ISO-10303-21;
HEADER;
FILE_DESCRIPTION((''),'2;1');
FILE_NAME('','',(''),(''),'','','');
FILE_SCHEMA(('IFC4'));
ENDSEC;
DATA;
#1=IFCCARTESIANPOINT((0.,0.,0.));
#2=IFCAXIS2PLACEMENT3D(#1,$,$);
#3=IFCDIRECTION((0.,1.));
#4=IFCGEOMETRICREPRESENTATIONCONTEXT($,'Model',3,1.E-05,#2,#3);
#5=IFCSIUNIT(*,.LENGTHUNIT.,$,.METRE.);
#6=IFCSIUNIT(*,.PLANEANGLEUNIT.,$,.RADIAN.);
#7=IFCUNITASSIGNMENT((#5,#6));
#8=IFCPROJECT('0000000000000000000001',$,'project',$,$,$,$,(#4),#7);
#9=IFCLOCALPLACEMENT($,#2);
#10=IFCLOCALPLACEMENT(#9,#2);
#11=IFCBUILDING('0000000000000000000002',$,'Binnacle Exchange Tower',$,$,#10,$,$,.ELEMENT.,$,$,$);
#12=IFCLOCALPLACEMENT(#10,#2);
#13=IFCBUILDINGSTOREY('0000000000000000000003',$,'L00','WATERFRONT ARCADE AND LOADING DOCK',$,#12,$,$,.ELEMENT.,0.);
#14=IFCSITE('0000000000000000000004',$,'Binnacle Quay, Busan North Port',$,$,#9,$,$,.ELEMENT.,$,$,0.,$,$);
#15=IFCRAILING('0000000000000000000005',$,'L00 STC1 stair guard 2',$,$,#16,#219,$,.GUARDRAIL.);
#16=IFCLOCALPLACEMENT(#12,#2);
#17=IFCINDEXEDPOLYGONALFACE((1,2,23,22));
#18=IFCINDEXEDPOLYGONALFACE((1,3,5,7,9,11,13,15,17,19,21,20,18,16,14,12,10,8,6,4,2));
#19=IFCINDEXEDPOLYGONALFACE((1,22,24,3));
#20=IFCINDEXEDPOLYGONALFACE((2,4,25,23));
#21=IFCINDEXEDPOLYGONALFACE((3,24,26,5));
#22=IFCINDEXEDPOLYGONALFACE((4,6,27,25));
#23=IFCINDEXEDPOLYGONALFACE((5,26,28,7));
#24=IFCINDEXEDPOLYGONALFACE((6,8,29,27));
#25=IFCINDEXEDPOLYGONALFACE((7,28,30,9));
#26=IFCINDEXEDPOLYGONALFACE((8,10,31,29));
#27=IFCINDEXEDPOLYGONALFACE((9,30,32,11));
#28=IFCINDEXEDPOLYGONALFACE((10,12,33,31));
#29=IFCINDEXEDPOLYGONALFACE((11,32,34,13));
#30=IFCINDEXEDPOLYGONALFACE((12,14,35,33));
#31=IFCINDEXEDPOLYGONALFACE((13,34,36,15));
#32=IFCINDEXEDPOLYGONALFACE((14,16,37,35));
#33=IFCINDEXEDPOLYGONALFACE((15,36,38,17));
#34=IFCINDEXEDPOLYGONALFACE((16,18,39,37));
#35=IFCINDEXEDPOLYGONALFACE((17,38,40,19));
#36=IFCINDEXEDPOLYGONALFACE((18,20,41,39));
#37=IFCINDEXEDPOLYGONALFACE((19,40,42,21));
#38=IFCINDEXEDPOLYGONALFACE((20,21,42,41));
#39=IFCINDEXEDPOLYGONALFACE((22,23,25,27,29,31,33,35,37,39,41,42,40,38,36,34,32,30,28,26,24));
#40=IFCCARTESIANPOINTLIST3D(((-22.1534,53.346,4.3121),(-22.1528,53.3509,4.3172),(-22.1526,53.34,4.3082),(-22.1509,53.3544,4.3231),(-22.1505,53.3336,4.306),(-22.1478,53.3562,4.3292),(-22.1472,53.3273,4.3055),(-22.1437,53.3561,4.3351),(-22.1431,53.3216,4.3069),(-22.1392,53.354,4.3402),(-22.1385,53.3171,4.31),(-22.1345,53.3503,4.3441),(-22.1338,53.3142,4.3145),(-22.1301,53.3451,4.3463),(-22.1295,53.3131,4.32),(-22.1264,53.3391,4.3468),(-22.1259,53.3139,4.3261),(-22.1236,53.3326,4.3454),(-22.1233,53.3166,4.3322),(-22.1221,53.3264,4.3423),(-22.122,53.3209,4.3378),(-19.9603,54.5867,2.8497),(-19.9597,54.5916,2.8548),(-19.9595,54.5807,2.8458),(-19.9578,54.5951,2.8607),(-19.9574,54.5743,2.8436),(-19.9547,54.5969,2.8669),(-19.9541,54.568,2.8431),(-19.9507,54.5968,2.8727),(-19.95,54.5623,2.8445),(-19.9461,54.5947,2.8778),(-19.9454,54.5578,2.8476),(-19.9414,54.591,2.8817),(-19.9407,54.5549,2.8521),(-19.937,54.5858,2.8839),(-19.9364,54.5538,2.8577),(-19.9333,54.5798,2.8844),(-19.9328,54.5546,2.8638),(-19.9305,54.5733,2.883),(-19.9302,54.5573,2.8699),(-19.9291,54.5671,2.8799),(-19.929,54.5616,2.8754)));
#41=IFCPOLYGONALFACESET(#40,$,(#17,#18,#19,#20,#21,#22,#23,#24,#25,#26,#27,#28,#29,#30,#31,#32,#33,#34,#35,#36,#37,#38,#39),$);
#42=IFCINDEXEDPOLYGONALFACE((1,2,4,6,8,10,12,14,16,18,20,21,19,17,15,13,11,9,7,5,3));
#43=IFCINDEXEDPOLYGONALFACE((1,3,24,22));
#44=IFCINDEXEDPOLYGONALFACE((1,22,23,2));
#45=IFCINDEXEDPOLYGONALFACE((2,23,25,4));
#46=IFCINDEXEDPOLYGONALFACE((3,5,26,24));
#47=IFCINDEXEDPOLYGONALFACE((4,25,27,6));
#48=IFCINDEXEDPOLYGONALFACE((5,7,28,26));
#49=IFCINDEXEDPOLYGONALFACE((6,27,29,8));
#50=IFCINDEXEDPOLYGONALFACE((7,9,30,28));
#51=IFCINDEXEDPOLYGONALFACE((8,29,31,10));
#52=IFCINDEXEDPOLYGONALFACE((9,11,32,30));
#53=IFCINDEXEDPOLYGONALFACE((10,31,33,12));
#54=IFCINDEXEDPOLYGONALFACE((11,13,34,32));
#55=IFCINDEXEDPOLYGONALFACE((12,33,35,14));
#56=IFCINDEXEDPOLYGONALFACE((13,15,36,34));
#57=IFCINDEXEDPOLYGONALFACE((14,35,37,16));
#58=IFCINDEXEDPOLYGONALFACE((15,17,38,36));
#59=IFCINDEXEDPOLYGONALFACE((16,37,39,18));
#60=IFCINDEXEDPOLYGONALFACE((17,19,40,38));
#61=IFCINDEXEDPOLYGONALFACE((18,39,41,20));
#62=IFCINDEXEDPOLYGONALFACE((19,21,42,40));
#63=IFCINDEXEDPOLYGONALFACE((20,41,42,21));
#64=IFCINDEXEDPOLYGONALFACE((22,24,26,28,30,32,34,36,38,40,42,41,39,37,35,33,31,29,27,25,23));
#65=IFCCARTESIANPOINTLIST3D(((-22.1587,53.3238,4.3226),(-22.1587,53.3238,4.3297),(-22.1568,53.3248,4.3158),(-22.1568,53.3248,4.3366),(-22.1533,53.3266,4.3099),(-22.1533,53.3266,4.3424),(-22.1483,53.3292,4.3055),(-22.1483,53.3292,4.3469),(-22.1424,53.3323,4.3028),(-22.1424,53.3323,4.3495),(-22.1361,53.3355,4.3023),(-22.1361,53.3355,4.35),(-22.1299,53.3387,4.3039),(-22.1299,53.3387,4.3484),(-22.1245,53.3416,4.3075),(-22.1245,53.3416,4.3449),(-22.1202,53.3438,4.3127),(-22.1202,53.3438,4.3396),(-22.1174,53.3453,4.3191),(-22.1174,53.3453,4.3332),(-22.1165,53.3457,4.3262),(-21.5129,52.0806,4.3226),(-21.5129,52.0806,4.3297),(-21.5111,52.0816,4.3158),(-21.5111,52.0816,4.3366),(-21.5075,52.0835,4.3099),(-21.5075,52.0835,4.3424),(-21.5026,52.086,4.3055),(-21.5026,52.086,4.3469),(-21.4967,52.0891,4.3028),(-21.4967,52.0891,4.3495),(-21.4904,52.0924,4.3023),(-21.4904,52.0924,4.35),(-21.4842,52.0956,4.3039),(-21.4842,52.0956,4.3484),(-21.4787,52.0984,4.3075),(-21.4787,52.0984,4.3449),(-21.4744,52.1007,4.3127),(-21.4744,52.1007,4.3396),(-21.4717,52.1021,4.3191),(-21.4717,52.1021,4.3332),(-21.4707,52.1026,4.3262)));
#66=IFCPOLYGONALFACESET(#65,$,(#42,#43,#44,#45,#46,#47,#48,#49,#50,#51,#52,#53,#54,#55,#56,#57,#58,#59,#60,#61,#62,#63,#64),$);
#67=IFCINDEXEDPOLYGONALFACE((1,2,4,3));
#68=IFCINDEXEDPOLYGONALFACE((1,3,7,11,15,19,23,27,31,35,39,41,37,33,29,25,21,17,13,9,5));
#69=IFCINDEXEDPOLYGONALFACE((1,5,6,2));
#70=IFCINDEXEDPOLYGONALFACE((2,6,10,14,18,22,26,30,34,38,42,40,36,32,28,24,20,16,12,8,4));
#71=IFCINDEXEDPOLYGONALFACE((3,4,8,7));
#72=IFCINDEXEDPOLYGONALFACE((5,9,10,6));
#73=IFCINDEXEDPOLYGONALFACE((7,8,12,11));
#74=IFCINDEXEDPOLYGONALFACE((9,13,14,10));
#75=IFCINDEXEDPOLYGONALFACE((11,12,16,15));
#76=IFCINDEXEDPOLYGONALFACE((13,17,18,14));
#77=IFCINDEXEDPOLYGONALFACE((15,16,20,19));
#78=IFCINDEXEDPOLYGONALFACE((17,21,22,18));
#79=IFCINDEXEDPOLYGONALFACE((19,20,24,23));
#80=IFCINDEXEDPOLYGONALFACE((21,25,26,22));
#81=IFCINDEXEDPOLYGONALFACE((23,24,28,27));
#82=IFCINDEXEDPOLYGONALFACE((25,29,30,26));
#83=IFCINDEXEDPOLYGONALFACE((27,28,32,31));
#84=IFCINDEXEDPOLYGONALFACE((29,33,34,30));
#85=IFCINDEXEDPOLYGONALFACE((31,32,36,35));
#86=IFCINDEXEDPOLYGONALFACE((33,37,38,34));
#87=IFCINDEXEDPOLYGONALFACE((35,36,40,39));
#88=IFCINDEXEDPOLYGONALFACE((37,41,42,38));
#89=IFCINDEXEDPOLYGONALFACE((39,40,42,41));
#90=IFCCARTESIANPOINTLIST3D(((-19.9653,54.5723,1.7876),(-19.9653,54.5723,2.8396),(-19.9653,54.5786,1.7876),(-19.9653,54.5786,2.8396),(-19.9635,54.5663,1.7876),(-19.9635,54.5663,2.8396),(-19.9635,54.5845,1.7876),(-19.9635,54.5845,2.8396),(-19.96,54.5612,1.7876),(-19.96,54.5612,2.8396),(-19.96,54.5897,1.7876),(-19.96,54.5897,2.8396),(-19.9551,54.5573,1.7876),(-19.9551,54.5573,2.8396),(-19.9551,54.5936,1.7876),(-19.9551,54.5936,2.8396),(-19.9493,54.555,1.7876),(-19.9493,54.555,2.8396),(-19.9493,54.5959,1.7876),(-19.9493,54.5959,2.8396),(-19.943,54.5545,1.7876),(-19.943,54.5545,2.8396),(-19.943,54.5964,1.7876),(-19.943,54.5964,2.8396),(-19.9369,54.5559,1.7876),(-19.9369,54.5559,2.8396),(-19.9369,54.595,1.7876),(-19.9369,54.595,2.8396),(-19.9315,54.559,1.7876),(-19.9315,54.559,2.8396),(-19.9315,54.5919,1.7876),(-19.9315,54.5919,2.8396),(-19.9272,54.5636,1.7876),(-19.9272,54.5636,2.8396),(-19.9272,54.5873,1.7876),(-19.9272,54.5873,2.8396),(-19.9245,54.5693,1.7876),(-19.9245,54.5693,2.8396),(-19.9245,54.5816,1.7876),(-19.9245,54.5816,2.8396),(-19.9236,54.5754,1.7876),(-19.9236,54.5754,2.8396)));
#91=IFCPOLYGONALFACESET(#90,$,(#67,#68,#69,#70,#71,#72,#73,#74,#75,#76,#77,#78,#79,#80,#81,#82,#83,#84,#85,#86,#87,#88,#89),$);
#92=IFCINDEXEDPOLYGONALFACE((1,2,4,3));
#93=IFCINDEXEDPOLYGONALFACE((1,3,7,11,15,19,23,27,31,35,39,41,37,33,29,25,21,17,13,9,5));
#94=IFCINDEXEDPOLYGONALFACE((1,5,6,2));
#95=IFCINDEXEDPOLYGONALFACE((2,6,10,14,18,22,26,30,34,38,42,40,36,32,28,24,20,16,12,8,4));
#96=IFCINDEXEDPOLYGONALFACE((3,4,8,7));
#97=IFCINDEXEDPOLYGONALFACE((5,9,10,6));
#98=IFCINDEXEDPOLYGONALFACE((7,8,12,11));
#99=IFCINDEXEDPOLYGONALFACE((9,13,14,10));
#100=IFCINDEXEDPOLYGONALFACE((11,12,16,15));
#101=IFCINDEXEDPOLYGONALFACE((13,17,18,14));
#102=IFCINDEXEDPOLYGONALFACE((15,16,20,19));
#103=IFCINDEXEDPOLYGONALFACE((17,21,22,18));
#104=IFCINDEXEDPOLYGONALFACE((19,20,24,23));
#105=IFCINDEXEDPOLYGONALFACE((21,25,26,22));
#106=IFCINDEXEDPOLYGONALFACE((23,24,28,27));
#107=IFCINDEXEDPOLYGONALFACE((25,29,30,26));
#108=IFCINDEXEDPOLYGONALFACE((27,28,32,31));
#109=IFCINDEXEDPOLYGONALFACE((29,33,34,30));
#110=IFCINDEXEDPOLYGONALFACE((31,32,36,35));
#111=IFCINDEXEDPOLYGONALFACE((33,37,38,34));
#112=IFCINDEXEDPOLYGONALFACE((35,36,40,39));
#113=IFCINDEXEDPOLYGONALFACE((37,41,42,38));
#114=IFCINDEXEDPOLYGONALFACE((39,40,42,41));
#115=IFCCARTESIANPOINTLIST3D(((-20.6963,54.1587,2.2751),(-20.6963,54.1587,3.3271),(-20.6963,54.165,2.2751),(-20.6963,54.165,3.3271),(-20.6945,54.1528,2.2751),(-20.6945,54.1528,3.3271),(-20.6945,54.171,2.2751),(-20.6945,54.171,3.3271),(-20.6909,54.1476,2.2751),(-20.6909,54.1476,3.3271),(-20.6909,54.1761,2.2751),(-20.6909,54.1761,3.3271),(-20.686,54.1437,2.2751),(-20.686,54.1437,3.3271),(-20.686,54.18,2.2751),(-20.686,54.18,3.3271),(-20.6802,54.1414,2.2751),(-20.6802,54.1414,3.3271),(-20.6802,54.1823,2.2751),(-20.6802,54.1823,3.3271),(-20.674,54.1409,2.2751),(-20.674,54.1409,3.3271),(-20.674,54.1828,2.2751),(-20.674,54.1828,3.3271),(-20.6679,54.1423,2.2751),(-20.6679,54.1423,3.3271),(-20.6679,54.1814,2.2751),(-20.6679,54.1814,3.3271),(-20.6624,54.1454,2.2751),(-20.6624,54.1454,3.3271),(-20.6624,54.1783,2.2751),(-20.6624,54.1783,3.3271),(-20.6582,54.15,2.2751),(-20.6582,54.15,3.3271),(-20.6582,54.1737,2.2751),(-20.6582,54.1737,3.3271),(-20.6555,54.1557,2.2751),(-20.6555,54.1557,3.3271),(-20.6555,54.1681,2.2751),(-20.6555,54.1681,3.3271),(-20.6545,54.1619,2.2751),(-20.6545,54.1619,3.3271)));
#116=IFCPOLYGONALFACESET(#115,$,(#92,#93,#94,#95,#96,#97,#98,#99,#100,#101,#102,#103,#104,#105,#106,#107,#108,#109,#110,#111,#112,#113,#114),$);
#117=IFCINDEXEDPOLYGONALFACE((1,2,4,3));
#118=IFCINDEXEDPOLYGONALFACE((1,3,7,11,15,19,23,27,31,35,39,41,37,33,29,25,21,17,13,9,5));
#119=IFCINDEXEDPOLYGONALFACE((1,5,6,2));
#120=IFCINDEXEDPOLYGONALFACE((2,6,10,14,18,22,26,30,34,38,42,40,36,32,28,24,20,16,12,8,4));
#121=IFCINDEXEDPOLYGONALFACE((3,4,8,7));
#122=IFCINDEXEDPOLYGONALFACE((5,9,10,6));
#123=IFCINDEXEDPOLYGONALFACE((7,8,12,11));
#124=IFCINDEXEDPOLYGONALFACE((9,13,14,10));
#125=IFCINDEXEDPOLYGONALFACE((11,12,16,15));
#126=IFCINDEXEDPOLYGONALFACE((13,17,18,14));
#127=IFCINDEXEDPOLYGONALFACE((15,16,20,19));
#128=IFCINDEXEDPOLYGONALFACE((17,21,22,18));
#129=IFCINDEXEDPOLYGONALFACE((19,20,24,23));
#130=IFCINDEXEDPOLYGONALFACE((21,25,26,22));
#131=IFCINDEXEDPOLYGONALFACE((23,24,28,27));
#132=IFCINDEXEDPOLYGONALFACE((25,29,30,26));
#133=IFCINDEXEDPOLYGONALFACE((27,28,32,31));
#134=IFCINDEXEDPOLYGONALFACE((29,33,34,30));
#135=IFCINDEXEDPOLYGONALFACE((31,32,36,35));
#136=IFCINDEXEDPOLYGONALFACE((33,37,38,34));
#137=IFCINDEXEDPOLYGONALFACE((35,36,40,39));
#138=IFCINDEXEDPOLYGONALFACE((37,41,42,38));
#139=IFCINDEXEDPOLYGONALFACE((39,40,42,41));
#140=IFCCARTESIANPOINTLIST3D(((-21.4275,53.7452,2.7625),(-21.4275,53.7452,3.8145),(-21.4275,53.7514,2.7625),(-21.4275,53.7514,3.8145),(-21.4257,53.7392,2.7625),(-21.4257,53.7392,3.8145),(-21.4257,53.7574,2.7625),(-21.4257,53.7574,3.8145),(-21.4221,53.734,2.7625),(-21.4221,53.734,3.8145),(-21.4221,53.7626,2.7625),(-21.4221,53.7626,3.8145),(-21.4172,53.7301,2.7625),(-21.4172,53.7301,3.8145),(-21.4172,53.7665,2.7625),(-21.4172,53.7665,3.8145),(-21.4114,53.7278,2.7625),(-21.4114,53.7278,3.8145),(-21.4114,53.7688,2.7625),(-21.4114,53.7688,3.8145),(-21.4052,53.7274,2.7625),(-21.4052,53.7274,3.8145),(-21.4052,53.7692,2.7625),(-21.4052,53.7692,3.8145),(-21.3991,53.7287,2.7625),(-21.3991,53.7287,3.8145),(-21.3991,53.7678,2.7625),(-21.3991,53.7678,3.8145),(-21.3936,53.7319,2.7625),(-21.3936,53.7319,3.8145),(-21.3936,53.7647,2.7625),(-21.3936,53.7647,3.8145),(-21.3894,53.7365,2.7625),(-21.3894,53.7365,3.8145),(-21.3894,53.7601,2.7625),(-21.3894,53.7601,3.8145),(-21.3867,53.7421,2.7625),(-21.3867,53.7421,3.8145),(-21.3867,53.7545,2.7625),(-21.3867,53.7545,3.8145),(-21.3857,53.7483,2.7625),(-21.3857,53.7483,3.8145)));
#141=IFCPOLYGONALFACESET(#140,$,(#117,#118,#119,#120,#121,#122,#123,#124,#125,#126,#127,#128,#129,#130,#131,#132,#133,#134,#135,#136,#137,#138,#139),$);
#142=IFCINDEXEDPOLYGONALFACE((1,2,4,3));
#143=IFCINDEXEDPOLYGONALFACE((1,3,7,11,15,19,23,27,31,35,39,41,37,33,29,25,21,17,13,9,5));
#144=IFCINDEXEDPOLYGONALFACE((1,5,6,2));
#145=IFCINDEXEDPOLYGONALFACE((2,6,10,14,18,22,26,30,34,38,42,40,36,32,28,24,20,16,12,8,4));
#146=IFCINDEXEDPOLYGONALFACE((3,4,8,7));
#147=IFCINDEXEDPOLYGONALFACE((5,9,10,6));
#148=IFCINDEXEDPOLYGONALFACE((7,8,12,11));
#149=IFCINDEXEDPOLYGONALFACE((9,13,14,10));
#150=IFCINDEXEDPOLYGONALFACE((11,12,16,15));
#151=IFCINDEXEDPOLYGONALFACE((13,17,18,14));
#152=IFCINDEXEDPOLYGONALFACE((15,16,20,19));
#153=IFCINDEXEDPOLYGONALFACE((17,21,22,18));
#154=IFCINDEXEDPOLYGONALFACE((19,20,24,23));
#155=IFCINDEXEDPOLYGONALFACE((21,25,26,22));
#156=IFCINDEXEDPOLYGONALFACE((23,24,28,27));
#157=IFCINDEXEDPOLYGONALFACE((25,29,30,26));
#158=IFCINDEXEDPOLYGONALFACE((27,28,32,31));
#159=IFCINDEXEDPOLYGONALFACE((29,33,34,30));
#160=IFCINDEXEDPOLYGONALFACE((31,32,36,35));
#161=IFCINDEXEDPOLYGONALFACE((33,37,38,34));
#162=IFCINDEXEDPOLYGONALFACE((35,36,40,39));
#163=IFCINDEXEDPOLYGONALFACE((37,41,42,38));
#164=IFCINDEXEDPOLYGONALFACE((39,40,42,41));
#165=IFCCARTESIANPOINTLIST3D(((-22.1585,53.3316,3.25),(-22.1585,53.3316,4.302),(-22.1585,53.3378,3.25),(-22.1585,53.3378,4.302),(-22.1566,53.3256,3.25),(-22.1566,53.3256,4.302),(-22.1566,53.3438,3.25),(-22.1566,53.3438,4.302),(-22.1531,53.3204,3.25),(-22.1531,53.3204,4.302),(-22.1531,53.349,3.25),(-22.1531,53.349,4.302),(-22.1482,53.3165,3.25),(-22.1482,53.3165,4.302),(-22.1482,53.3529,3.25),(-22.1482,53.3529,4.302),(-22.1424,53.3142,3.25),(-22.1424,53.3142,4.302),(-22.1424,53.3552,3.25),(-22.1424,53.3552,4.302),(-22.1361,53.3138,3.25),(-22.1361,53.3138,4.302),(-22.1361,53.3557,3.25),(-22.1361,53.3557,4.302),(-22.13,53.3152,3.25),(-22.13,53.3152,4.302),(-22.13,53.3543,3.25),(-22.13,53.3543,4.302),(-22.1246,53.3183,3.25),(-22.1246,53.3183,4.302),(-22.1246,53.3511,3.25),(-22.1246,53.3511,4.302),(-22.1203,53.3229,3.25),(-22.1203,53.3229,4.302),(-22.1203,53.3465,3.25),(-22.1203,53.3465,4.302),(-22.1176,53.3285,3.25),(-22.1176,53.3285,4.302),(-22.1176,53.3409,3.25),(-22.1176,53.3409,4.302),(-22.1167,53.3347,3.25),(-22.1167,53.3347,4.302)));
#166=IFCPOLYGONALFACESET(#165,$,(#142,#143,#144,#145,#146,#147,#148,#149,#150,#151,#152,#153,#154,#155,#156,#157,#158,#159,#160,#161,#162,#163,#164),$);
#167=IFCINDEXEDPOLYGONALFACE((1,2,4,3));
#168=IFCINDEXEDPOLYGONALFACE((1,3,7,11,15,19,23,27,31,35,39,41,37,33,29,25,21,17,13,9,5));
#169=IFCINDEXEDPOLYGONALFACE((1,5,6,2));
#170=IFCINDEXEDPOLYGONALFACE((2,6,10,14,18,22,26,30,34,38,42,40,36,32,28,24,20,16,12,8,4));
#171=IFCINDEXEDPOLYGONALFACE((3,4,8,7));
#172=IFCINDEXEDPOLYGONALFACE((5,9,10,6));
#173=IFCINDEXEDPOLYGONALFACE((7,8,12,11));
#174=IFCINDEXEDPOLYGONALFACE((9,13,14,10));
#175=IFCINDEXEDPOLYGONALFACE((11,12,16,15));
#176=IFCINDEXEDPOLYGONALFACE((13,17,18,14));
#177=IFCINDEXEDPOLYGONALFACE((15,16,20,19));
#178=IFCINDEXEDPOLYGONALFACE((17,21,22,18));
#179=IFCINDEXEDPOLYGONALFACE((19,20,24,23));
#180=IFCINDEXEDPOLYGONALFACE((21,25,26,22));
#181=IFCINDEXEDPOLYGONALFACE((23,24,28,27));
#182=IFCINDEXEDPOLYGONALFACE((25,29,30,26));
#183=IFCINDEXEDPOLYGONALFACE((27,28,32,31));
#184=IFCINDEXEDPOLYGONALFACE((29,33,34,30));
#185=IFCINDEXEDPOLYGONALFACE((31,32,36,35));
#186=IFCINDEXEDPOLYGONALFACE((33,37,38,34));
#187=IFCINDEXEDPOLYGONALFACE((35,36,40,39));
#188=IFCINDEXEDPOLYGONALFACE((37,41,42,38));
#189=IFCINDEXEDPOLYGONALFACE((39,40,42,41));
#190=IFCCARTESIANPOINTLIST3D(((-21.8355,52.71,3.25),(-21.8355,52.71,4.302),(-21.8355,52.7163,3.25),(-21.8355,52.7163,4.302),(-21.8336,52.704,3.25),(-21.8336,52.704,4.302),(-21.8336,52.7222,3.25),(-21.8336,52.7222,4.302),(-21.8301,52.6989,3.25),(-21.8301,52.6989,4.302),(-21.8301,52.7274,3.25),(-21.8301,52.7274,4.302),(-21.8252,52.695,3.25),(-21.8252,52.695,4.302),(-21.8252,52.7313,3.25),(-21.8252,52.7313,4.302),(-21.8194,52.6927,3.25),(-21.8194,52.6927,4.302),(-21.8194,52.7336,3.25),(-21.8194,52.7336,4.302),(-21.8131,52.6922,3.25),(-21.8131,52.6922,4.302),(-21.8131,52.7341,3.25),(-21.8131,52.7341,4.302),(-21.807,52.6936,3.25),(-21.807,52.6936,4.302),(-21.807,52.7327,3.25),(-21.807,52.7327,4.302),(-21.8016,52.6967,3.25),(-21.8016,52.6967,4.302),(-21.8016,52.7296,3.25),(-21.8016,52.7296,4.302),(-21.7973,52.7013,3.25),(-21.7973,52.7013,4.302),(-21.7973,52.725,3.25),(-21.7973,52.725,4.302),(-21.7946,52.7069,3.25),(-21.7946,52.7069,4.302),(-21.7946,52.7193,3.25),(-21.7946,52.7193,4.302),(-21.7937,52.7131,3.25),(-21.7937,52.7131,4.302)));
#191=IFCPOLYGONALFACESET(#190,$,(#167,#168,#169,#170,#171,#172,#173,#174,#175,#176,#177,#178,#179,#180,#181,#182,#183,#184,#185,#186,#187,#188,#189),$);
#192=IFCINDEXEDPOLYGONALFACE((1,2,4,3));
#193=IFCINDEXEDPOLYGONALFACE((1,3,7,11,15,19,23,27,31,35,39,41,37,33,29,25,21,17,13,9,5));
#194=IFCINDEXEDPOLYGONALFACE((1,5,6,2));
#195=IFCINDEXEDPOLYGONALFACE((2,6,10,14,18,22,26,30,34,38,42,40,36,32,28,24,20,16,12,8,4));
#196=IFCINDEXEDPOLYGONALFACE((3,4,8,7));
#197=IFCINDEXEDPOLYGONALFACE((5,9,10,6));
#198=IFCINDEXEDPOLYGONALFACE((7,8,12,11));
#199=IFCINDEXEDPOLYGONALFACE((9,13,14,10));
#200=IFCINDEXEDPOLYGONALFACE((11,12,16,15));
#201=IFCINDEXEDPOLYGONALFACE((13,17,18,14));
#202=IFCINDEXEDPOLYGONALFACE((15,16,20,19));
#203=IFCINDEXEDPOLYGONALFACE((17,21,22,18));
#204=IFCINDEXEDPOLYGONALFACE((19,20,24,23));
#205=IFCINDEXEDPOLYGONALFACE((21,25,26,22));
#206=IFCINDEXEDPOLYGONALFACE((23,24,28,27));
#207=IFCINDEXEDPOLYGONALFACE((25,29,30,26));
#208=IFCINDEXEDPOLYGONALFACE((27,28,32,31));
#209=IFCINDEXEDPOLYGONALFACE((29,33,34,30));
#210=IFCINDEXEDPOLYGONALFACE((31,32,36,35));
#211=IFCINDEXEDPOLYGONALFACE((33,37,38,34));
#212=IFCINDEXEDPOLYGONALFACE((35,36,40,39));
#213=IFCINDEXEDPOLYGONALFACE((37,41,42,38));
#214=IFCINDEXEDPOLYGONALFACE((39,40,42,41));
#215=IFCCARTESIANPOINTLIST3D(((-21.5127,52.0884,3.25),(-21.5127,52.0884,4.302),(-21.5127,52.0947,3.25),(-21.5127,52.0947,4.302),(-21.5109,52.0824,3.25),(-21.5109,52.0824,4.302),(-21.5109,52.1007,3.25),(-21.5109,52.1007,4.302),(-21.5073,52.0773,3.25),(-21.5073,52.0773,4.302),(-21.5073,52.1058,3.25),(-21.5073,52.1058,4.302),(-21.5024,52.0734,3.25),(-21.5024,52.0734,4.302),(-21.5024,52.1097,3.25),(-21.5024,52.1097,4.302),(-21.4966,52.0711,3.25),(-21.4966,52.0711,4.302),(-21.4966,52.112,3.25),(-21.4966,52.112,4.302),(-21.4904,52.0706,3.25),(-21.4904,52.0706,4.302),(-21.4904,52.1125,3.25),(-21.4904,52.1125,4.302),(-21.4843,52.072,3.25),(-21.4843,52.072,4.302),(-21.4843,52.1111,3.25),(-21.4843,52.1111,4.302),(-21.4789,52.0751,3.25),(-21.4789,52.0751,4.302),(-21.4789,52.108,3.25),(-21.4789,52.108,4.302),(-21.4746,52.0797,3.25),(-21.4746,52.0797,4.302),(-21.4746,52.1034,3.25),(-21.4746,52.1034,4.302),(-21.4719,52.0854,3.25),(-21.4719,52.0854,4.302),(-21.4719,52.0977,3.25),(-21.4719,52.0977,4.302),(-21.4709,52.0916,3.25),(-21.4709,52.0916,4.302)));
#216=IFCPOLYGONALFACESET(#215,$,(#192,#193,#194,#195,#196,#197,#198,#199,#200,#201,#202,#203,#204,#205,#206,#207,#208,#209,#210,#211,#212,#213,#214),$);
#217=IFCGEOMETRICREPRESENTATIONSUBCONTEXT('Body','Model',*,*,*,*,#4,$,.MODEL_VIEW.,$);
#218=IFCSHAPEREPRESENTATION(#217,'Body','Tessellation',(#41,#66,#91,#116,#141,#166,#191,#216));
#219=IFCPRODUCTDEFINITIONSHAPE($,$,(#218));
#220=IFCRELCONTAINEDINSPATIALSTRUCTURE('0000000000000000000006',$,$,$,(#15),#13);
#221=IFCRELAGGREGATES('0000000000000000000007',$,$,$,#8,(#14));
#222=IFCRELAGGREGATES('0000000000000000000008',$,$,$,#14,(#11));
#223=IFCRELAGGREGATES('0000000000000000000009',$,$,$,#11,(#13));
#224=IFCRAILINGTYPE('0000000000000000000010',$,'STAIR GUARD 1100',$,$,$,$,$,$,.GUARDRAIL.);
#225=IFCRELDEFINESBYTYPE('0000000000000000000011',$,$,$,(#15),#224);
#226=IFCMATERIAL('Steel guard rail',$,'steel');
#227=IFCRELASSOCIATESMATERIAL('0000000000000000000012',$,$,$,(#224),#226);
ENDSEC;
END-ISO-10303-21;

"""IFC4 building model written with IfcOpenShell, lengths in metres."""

from ifc_helpers import new_model, si_unit, direction, frame, origin, origin_2d, place, context, subcontext, project, spatial, circle, extrude, material, type_object, element, save


model = new_model("IFC4")

# Units and contexts
model_context = context("Model", 3, precision=1e-05, world=origin(), true_north=direction((0.0, 1.0)))
body_context = subcontext(model_context, "Body", "Model", "MODEL_VIEW")
ifc_project = project(units=[si_unit("LENGTHUNIT", "METRE"), si_unit("PLANEANGLEUNIT", "RADIAN")], contexts=[model_context])

# Site, building, storey
site_placement = place(None, origin())
site = spatial("IfcSite", under=ifc_project, at=site_placement, Name="Binnacle Quay, Busan North Port", CompositionType="ELEMENT", RefElevation=0.0)
building_placement = place(site_placement, origin())
building = spatial("IfcBuilding", under=site, at=building_placement, Name="Binnacle Exchange Tower", CompositionType="ELEMENT")
storey_placement = place(building_placement, origin())
storey = spatial("IfcBuildingStorey", under=building, at=storey_placement, Name="L00", Description="WATERFRONT ARCADE AND LOADING DOCK", CompositionType="ELEMENT", Elevation=0.0)

# Railing
ifc_material_1 = material(Name="Steel guard rail", Category="steel")
railing_type = type_object("IfcRailingType", Name="STAIR GUARD 1100", PredefinedType="GUARDRAIL", material=ifc_material_1)
railing_1_placement = place(storey_placement, frame((-19.9446, 54.5754, 1.7876)))
element("IfcRailing", 1, at=railing_1_placement, inside=storey, type_object=railing_type, Name="L00 STC1 stair guard 2", PredefinedType="GUARDRAIL", context=body_context, shape_type="SweptSolid", body=[
    extrude(circle(Radius=0.0239, at=origin_2d()), frame((0.0, 0.0, 1.0762), z_axis=(-0.752774, -0.425871, 0.501961), x_axis=(0.492399, -0.87037, 0.0)), (0.0, 0.0, 1.0), 2.9133),
    extrude(circle(Radius=0.0239, at=origin_2d()), frame((-2.1931, -1.2407, 2.5386), z_axis=(0.460963, -0.887419, 0.0), x_axis=(0.887419, 0.460963, 0.0)), (0.0, 0.0, 1.0), 1.4009),
    extrude(circle(Radius=0.021, at=origin_2d()), origin(), (0.0, 0.0, 1.0), 1.052),
    extrude(circle(Radius=0.021, at=origin_2d()), frame((-0.731, -0.4136, 0.4875)), (0.0, 0.0, 1.0), 1.052),
    extrude(circle(Radius=0.021, at=origin_2d()), frame((-1.4622, -0.8271, 0.9749)), (0.0, 0.0, 1.0), 1.052),
    extrude(circle(Radius=0.021, at=origin_2d()), frame((-2.1931, -1.2407, 1.4624)), (0.0, 0.0, 1.0), 1.052),
    extrude(circle(Radius=0.021, at=origin_2d()), frame((-1.8701, -1.8623, 1.4624)), (0.0, 0.0, 1.0), 1.052),
    extrude(circle(Radius=0.021, at=origin_2d()), frame((-1.5474, -2.4839, 1.4624)), (0.0, 0.0, 1.0), 1.052),
])

save(model, "model.ifc")
